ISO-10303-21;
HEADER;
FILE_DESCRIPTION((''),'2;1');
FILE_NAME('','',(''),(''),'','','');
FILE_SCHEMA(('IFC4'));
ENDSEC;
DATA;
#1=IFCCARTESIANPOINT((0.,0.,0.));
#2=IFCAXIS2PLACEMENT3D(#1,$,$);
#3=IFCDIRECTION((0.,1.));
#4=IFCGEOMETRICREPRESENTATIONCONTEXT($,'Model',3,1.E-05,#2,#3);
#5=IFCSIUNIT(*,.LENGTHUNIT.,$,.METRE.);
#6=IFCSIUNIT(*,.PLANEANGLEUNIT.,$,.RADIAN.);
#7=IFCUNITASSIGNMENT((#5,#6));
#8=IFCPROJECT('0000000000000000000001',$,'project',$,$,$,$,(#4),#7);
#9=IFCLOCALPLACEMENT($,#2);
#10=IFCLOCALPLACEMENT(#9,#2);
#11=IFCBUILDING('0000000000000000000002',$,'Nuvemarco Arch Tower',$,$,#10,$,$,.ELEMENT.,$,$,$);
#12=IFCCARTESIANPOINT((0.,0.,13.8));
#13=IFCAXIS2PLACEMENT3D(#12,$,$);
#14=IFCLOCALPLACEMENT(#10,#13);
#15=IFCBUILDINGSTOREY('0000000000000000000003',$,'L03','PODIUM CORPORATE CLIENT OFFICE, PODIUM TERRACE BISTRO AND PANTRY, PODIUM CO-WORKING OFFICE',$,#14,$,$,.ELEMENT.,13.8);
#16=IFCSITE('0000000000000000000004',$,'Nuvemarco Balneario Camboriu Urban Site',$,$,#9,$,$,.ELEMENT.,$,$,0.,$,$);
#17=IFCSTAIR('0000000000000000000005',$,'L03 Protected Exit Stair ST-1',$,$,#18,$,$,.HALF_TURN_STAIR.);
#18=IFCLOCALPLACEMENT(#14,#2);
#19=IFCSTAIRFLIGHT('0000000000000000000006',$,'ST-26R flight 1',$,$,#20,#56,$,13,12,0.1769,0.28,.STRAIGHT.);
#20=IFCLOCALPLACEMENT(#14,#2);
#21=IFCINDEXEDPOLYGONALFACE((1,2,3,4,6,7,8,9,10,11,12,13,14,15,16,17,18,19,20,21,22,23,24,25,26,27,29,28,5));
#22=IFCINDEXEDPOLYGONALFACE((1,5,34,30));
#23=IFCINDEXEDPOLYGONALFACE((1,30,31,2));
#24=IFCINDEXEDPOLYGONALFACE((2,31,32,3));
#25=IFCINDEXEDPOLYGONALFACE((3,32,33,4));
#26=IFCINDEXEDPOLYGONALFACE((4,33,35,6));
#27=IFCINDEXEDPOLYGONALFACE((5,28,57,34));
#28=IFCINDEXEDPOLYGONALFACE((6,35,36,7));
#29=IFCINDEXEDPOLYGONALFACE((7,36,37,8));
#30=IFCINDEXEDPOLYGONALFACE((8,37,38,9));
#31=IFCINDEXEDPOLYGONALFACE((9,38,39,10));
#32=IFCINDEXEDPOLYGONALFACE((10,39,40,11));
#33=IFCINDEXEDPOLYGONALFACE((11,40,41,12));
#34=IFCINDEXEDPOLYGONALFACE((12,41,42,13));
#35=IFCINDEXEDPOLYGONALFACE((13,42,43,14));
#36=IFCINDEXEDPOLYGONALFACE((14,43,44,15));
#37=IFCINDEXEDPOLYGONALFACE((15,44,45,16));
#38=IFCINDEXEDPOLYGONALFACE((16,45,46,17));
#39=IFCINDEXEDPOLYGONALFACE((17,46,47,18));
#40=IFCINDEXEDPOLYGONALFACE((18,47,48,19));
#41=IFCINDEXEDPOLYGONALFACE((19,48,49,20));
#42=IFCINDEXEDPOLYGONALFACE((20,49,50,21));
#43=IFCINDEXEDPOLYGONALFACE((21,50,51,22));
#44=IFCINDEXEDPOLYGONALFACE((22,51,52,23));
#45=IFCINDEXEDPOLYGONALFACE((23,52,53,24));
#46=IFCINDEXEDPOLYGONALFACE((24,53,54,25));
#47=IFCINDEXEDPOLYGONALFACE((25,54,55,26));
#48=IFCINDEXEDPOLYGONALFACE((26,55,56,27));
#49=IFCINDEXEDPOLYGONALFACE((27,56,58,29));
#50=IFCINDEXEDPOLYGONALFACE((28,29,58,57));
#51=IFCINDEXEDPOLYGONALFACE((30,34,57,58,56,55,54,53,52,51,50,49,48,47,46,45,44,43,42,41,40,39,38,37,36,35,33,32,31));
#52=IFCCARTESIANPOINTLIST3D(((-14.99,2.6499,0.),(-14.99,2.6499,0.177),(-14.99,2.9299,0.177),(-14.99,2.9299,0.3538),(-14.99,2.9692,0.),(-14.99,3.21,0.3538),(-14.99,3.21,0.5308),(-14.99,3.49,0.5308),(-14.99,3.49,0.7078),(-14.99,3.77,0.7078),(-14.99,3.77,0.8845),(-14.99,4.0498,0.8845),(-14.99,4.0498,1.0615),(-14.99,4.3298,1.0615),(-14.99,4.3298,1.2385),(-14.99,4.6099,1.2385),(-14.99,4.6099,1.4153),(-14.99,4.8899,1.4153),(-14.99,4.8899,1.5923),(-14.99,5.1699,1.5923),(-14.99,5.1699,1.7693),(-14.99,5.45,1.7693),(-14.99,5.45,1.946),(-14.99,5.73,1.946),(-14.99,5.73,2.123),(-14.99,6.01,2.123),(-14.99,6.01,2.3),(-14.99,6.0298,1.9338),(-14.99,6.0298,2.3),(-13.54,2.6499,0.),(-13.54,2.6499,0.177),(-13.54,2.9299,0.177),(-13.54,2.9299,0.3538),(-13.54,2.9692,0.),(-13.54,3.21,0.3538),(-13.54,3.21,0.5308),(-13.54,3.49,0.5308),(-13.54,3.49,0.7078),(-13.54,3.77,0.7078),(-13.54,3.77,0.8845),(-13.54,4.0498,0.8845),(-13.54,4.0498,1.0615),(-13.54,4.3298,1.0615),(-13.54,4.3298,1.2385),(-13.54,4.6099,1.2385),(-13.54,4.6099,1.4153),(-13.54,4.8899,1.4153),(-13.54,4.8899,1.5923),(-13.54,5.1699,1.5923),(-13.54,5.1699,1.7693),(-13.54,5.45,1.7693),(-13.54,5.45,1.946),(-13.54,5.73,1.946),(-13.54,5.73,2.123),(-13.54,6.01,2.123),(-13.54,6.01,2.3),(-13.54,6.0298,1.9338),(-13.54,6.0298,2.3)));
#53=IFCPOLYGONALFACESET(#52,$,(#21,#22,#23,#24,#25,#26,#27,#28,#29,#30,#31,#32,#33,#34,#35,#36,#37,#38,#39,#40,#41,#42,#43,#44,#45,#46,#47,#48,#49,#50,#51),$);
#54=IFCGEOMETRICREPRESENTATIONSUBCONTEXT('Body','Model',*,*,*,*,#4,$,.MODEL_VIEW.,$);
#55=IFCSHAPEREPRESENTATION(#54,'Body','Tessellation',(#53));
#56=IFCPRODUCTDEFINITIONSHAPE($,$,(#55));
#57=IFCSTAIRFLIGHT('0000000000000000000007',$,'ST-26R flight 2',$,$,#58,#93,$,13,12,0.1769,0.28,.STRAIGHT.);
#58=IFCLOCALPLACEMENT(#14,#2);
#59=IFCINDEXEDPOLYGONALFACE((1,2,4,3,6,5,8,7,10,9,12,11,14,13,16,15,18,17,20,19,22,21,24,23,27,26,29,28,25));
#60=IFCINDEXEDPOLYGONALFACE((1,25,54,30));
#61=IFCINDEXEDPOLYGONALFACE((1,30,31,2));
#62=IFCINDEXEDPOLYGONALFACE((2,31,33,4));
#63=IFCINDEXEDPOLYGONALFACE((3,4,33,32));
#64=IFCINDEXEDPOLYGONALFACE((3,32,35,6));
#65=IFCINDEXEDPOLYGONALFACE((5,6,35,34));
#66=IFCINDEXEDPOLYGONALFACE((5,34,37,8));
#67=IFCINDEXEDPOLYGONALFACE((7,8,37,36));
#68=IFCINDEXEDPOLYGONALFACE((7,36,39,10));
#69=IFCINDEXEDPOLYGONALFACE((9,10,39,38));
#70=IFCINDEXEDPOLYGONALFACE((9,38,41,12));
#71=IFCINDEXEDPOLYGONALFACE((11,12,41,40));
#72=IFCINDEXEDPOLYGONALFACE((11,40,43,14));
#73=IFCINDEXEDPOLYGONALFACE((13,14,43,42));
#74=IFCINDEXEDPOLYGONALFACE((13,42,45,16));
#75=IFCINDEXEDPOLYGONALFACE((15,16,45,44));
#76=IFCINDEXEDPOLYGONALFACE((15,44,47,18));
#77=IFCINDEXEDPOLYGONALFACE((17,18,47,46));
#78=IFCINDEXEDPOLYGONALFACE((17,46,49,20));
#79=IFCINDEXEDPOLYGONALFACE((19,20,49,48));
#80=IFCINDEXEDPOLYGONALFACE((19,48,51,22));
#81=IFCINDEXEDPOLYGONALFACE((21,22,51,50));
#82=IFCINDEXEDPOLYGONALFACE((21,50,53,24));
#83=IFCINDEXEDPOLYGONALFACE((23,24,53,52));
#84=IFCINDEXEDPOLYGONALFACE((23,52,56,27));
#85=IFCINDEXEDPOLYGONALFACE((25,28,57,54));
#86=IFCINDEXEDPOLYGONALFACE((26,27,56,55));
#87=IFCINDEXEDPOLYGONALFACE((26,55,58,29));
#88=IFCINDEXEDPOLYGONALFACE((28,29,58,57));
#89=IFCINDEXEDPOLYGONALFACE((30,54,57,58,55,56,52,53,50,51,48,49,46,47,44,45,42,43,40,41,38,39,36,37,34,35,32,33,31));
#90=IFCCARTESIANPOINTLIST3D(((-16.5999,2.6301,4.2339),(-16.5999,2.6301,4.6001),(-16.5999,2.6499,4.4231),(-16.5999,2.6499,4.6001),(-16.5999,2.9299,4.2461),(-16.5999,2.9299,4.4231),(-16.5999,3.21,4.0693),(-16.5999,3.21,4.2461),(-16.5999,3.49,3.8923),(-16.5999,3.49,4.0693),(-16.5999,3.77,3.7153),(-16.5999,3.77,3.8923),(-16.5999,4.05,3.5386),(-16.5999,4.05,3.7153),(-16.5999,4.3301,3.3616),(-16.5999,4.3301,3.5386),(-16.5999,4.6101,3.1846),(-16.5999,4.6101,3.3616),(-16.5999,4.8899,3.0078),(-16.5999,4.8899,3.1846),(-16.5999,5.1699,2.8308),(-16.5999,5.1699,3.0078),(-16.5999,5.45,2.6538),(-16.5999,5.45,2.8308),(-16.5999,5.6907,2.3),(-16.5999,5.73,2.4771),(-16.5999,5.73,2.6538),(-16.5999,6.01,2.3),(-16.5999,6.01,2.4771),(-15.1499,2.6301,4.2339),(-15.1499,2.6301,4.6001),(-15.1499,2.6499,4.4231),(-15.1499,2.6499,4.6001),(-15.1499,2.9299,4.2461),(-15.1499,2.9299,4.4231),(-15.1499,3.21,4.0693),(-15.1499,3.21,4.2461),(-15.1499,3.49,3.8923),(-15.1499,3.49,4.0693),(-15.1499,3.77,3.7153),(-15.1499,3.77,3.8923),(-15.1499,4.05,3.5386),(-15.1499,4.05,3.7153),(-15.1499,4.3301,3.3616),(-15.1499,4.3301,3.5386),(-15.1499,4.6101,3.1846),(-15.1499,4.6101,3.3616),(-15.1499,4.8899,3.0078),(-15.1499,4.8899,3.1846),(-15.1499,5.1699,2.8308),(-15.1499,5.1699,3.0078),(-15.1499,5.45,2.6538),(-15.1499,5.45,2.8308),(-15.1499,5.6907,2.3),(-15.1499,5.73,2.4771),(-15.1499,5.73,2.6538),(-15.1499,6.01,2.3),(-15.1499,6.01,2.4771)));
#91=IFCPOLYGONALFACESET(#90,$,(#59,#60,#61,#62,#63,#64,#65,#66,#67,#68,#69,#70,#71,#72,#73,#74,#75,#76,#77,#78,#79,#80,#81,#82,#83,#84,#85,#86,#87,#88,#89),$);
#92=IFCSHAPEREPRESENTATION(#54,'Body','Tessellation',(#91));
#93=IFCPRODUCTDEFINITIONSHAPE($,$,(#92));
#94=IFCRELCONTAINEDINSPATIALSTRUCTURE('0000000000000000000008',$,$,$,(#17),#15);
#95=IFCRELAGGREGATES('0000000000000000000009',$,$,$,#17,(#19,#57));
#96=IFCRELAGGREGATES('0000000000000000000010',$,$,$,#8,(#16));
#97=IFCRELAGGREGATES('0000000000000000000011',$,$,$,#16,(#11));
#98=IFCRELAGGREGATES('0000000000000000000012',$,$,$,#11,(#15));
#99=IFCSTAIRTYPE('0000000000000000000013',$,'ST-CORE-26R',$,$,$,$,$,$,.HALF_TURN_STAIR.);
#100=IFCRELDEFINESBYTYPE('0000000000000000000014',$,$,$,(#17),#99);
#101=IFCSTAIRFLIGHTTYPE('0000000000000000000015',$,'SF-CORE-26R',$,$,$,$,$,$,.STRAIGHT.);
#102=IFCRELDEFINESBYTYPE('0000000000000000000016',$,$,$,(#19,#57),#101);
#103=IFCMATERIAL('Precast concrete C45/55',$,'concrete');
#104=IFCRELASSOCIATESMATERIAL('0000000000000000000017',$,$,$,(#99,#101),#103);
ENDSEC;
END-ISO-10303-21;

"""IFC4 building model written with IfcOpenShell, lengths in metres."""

from ifc_helpers import new_model, si_unit, direction, frame, origin, place, context, subcontext, project, spatial, polyline, outline, extrude, material, type_object, element, aggregate, save


model = new_model("IFC4")

# Units and contexts
model_context = context("Model", 3, precision=1e-05, world=origin(), true_north=direction((0.0, 1.0)))
body_context = subcontext(model_context, "Body", "Model", "MODEL_VIEW")
ifc_project = project(units=[si_unit("LENGTHUNIT", "METRE"), si_unit("PLANEANGLEUNIT", "RADIAN")], contexts=[model_context])

# Site, building, storey
site_placement = place(None, origin())
site = spatial("IfcSite", under=ifc_project, at=site_placement, Name="Nuvemarco Balneario Camboriu Urban Site", CompositionType="ELEMENT", RefElevation=0.0)
building_placement = place(site_placement, origin())
building = spatial("IfcBuilding", under=site, at=building_placement, Name="Nuvemarco Arch Tower", CompositionType="ELEMENT")
storey_placement = place(building_placement, frame((0.0, 0.0, 13.8)))
storey = spatial("IfcBuildingStorey", under=building, at=storey_placement, Name="L03", Description="PODIUM CORPORATE CLIENT OFFICE, PODIUM TERRACE BISTRO AND PANTRY, PODIUM CO-WORKING OFFICE", CompositionType="ELEMENT", Elevation=13.8)

# Shared definitions
ifc_material_1 = material(Name="Precast concrete C45/55", Category="concrete")

# Stair, stair flights
stair_type = type_object("IfcStairType", Name="ST-CORE-26R", PredefinedType="HALF_TURN_STAIR", material=ifc_material_1)
stair_placement = place(storey_placement, origin())
stair = element("IfcStair", 1, at=stair_placement, inside=storey, type_object=stair_type, Name="L03 Protected Exit Stair ST-1", PredefinedType="HALF_TURN_STAIR")
stair_flight_type = type_object("IfcStairFlightType", Name="SF-CORE-26R", PredefinedType="STRAIGHT", material=ifc_material_1)
stair_flight_1_placement = place(storey_placement, frame((-14.2649, 2.6499, 0.0), z_axis=(0.0, 0.0, 1.0), x_axis=(0.0, 1.0, 0.0)))
stair_flight_1 = element("IfcStairFlight", 2, at=stair_flight_1_placement, type_object=stair_flight_type, Name="ST-26R flight 1", NumberOfRisers=13, NumberOfTreads=12, PredefinedType="STRAIGHT", RiserHeight=0.1769, TreadLength=0.28, context=body_context, shape_type="SweptSolid", body=[
    extrude(outline(polyline([(0.0, 0.0), (0.0, 0.177), (0.28, 0.177), (0.28, 0.3538), (0.5601, 0.3538), (0.5601, 0.5308), (0.8401, 0.5308), (0.8401, 0.7078), (1.1201, 0.7078), (1.1201, 0.8845), (1.3999, 0.8845), (1.3999, 1.0615), (1.6799, 1.0615), (1.6799, 1.2385), (1.96, 1.2385), (1.96, 1.4153), (2.24, 1.4153), (2.24, 1.5923), (2.52, 1.5923), (2.52, 1.7693), (2.8, 1.7693), (2.8, 1.946), (3.0801, 1.946), (3.0801, 2.123), (3.3601, 2.123), (3.3601, 2.3), (3.3799, 2.3), (3.3799, 1.9338), (0.3193, 0.0), (0.0, 0.0)])), frame((0.0, 0.7251, 0.0), z_axis=(0.0, -1.0, 0.0), x_axis=(1.0, 0.0, 0.0)), (0.0, 0.0, 1.0), 1.45),
])
stair_flight_2_placement = place(storey_placement, frame((-15.875, 6.01, 2.3), z_axis=(0.0, 0.0, 1.0), x_axis=(0.0, -1.0, 0.0)))
stair_flight_2 = element("IfcStairFlight", 3, at=stair_flight_2_placement, type_object=stair_flight_type, Name="ST-26R flight 2", NumberOfRisers=13, NumberOfTreads=12, PredefinedType="STRAIGHT", RiserHeight=0.1769, TreadLength=0.28, context=body_context, shape_type="SweptSolid", body=[
    extrude(outline(polyline([(0.0, 0.0), (0.0, 0.177), (0.28, 0.177), (0.28, 0.3538), (0.5601, 0.3538), (0.5601, 0.5308), (0.8401, 0.5308), (0.8401, 0.7078), (1.1201, 0.7078), (1.1201, 0.8845), (1.3999, 0.8845), (1.3999, 1.0615), (1.6799, 1.0615), (1.6799, 1.2385), (1.96, 1.2385), (1.96, 1.4153), (2.24, 1.4153), (2.24, 1.5923), (2.52, 1.5923), (2.52, 1.7693), (2.8, 1.7693), (2.8, 1.946), (3.0801, 1.946), (3.0801, 2.123), (3.3601, 2.123), (3.3601, 2.3), (3.3799, 2.3), (3.3799, 1.9338), (0.3193, 0.0), (0.0, 0.0)])), frame((0.0, 0.7251, 0.0), z_axis=(0.0, -1.0, 0.0), x_axis=(1.0, 0.0, 0.0)), (0.0, 0.0, 1.0), 1.45),
])
aggregate(stair, [stair_flight_1, stair_flight_2])

save(model, "model.ifc")
